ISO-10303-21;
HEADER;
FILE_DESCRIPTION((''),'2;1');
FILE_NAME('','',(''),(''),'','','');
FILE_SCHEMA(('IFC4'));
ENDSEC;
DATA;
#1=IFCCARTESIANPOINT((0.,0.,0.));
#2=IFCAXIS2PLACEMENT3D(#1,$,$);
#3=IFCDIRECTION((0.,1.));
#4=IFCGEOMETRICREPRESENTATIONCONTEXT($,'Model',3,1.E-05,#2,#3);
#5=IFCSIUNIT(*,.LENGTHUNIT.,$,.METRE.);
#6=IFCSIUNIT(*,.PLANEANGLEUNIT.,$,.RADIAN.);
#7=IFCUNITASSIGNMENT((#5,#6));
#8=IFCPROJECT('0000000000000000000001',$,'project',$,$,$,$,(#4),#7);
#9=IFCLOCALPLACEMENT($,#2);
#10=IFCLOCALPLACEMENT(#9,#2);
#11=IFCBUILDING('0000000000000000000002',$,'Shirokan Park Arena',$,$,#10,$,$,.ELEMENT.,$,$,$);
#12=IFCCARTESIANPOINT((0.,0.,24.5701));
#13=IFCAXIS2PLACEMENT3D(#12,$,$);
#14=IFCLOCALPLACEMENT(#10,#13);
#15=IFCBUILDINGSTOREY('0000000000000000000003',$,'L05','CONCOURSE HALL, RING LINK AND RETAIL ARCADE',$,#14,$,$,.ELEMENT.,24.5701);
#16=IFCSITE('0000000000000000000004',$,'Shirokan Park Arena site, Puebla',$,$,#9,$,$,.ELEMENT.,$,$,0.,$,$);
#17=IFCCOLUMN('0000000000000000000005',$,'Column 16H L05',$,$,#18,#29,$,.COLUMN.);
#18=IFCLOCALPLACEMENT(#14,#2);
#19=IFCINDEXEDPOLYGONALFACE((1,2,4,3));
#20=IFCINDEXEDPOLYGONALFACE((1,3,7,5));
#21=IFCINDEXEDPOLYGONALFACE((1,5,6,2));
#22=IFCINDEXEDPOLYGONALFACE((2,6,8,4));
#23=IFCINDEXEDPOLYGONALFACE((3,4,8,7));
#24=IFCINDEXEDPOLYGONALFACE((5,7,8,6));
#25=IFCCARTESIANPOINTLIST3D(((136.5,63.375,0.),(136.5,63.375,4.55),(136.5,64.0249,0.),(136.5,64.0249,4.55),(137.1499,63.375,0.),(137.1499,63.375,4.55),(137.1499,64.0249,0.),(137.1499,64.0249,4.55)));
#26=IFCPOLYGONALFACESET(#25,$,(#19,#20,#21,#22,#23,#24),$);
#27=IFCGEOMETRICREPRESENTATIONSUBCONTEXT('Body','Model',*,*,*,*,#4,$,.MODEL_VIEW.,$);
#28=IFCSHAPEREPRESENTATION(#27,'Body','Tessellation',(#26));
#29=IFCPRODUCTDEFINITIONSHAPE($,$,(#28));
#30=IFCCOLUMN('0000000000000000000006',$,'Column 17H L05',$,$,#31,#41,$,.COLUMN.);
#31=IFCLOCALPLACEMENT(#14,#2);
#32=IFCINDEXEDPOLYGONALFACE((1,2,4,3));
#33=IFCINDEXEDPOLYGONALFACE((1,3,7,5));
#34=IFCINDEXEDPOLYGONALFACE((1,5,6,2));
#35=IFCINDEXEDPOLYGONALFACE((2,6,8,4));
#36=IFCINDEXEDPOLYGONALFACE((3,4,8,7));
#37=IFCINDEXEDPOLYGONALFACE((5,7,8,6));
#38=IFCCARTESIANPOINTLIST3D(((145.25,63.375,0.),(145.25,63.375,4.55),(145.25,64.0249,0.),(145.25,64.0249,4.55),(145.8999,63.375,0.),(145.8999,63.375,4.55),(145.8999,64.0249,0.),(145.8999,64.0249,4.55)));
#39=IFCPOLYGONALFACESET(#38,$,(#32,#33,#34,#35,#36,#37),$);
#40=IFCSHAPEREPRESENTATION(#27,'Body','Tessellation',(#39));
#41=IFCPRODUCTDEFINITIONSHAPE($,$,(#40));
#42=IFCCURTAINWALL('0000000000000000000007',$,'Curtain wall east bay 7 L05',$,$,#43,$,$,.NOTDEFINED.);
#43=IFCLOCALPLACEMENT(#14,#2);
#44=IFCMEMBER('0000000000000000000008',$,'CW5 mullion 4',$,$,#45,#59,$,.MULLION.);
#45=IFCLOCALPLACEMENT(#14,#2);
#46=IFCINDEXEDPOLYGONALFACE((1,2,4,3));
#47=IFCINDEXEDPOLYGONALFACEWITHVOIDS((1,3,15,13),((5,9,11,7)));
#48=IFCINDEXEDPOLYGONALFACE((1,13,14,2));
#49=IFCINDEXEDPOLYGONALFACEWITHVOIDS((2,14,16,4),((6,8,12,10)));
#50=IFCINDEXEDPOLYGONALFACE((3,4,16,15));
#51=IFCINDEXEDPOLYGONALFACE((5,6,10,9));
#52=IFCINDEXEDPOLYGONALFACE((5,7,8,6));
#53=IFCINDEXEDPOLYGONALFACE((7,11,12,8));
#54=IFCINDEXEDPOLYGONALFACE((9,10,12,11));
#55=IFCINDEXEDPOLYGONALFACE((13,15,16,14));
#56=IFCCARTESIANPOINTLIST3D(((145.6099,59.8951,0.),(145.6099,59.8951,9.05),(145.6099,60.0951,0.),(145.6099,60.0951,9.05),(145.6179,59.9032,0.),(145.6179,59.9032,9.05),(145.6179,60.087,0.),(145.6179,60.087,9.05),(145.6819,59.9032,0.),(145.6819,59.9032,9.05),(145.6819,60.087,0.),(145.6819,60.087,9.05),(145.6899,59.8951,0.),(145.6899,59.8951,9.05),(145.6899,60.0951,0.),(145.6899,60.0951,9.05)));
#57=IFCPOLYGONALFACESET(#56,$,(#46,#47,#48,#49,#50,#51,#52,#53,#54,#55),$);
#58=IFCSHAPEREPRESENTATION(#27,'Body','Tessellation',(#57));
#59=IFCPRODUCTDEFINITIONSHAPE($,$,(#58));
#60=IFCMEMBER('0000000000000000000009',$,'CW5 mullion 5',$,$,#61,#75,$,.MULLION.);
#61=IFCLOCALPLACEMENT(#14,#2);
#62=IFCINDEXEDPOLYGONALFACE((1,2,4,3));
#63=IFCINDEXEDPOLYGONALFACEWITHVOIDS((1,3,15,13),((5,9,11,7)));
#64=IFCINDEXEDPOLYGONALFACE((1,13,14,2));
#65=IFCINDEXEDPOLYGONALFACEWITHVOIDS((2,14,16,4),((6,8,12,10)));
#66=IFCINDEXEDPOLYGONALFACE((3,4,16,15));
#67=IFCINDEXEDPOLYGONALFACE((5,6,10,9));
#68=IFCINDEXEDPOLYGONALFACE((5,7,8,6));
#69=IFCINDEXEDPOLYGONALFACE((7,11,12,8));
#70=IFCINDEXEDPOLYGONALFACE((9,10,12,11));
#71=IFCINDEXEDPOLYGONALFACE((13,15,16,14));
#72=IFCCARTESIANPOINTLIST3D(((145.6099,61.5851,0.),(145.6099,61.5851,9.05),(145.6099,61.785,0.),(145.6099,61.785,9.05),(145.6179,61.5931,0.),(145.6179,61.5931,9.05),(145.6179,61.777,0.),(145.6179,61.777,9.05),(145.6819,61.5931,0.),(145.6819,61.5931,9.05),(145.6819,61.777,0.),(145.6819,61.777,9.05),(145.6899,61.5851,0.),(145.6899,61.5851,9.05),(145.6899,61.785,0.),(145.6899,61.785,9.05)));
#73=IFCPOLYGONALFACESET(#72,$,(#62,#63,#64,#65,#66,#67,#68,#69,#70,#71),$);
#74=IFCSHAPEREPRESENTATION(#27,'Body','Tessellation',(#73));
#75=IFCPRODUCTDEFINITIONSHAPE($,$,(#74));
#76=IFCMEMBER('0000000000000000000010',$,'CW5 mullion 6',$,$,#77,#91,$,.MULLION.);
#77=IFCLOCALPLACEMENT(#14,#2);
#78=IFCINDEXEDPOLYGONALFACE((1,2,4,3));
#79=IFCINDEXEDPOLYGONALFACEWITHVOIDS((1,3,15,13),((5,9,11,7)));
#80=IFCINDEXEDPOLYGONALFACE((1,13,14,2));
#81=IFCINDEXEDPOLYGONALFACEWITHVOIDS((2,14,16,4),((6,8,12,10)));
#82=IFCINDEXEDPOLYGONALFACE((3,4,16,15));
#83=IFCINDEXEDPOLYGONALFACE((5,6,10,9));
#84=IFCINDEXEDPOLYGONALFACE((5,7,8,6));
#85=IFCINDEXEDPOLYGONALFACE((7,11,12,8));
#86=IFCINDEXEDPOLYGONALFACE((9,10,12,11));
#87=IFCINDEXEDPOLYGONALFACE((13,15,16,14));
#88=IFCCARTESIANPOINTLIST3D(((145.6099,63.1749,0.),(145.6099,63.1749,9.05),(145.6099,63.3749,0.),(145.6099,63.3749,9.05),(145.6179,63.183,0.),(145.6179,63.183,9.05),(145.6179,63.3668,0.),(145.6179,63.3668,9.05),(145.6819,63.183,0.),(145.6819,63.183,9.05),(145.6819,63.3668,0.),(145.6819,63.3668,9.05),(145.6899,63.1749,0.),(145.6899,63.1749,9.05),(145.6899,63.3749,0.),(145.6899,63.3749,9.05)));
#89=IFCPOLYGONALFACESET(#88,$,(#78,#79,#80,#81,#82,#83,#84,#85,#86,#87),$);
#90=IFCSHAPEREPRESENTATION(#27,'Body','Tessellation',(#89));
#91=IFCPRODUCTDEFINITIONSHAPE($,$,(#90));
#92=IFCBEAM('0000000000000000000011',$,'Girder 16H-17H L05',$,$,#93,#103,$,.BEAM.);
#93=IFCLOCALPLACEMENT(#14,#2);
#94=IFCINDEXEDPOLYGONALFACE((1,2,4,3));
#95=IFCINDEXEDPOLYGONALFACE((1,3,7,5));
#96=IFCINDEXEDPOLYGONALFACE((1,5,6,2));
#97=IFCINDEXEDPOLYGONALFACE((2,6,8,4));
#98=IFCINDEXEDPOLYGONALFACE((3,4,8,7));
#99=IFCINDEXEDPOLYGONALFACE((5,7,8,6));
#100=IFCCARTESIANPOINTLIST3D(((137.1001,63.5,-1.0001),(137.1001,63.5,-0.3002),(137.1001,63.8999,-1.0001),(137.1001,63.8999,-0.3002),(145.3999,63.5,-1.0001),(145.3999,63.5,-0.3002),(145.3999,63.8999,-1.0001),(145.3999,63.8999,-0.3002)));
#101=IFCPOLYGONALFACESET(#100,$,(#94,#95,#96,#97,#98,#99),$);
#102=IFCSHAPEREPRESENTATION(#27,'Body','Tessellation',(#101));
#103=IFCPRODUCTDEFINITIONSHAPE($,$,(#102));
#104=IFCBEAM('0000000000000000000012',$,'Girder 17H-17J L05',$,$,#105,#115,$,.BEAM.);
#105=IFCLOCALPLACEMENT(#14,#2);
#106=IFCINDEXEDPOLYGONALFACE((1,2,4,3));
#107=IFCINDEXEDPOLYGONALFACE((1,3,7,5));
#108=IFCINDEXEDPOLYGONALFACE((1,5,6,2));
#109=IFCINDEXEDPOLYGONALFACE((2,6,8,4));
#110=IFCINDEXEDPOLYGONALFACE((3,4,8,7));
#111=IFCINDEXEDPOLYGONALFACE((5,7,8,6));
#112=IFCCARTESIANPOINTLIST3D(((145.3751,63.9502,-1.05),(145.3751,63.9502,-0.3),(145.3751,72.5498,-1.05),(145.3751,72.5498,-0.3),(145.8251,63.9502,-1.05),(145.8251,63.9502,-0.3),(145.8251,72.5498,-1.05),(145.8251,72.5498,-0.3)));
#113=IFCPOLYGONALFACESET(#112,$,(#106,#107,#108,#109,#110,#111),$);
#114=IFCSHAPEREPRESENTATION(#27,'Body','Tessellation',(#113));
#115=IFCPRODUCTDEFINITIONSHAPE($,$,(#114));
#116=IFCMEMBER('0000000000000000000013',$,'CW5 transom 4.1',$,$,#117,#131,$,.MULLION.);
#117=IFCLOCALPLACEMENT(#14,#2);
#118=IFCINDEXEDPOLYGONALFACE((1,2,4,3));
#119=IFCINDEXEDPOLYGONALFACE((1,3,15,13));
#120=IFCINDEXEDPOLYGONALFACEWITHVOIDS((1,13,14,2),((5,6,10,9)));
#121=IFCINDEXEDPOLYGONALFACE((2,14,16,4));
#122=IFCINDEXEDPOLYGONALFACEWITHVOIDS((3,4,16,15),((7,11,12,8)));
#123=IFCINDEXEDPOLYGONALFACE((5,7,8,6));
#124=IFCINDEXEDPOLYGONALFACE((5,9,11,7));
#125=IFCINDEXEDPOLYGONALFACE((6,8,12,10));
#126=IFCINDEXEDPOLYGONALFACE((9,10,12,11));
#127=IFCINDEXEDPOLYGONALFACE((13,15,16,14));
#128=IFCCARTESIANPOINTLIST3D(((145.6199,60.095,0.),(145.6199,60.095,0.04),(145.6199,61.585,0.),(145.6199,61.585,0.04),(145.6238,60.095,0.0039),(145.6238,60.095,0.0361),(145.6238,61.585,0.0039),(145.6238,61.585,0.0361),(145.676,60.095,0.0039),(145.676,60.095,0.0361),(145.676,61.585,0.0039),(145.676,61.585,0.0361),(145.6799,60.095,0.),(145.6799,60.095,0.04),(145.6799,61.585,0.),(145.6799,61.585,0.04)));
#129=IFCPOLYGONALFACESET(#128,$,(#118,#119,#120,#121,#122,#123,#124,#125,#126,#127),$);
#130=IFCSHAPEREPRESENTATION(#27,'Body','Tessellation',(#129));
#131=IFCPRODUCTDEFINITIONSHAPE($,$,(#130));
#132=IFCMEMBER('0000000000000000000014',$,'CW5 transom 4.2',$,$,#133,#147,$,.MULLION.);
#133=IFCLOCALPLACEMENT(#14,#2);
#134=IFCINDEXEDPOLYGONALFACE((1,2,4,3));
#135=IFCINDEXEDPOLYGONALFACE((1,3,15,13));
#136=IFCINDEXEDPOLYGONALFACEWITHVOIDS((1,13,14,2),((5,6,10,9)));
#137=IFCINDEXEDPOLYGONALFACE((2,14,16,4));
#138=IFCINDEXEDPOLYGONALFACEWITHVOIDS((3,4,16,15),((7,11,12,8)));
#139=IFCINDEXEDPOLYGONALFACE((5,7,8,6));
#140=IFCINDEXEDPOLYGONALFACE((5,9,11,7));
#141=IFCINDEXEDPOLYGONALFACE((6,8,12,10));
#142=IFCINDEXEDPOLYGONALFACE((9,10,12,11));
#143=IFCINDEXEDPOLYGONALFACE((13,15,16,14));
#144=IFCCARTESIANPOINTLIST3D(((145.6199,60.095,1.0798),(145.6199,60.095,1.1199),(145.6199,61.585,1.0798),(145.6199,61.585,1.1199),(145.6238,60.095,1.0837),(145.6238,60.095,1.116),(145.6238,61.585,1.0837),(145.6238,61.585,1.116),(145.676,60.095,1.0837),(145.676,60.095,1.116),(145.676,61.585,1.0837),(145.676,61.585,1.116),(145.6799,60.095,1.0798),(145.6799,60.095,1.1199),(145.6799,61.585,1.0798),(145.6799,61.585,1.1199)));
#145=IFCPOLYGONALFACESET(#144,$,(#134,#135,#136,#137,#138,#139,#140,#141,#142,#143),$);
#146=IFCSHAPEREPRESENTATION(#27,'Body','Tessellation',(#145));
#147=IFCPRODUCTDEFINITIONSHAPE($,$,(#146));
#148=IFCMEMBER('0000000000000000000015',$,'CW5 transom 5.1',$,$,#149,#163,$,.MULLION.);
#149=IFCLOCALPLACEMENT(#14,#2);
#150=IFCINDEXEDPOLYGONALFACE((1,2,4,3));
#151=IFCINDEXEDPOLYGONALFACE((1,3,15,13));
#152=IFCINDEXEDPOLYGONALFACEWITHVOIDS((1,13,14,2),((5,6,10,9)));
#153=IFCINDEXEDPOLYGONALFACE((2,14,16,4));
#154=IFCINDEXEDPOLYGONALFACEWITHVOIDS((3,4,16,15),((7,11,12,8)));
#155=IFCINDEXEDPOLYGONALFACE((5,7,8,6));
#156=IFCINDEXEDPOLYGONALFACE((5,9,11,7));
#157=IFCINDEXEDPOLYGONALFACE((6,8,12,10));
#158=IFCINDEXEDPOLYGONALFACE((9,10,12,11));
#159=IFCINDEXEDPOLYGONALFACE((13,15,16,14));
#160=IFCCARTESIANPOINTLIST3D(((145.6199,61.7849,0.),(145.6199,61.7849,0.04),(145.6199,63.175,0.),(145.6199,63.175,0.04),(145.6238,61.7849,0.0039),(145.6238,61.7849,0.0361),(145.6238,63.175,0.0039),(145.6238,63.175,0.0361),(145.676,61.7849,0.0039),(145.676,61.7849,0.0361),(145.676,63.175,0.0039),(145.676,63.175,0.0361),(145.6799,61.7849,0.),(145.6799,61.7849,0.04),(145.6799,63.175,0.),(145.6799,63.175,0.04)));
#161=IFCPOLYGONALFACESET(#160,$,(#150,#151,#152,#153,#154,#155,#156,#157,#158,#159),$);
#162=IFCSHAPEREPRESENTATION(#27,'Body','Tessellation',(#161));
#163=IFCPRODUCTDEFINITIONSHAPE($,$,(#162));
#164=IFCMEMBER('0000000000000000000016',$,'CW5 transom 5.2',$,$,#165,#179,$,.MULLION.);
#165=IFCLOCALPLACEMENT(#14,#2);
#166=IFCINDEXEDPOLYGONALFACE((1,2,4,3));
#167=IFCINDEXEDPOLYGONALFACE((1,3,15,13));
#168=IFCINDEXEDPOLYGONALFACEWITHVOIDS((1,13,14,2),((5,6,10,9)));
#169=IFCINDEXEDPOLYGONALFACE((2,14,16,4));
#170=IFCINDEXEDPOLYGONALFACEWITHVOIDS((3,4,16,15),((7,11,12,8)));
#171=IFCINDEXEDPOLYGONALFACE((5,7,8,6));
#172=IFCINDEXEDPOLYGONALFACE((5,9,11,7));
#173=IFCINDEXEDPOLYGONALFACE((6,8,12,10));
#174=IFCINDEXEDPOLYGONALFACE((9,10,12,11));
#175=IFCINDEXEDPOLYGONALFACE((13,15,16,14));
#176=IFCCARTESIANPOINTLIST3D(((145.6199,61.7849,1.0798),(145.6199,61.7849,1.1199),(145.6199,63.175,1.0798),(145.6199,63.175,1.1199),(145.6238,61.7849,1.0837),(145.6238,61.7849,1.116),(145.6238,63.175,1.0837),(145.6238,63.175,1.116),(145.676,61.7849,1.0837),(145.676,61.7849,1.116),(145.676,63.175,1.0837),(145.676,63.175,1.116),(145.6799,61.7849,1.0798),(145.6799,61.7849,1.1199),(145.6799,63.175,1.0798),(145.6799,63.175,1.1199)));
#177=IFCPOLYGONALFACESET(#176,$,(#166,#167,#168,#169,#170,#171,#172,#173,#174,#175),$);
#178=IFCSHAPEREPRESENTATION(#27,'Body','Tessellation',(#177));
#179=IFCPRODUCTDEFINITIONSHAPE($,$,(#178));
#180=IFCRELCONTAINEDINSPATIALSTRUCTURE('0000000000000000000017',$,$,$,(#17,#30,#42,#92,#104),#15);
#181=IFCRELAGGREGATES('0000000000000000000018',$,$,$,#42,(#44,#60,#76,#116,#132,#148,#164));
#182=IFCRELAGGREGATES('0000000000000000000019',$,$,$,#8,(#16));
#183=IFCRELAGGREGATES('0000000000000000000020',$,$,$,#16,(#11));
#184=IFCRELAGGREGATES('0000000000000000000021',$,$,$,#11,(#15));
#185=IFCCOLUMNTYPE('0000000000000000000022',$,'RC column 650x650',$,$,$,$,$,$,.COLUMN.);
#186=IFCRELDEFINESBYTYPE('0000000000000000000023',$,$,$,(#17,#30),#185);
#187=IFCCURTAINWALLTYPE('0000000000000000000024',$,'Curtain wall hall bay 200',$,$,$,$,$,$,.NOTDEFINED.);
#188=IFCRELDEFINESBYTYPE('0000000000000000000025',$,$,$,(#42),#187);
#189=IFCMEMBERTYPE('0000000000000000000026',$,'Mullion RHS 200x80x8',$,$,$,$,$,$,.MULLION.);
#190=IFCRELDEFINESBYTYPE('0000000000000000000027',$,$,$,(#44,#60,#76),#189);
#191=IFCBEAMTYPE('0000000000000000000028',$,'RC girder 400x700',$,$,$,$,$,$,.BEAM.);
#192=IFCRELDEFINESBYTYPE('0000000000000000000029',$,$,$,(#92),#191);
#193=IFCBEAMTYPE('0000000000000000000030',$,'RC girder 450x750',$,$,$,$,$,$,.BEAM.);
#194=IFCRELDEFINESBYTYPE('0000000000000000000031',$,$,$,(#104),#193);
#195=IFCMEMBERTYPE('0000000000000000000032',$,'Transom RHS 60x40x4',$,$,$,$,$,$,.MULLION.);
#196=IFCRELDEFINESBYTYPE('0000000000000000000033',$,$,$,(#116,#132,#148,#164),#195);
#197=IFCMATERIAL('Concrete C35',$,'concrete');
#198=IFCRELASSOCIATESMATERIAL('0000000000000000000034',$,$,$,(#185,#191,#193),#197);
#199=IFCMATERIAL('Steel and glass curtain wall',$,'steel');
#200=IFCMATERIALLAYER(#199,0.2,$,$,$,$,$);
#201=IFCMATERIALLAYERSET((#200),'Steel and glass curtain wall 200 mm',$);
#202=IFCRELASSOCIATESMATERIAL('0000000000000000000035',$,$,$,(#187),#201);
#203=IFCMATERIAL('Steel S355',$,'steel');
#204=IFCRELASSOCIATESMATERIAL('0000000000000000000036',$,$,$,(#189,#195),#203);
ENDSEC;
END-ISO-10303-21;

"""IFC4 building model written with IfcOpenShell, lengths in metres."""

from ifc_helpers import new_model, si_unit, direction, frame, origin, origin_2d, place, context, subcontext, project, spatial, rectangle, hollow_rectangle, extrude, material, layer, layer_set, material_profile, profile_set, type_object, element, aggregate, save


model = new_model("IFC4")

# Units and contexts
model_context = context("Model", 3, precision=1e-05, world=origin(), true_north=direction((0.0, 1.0)))
body_context = subcontext(model_context, "Body", "Model", "MODEL_VIEW")
ifc_project = project(units=[si_unit("LENGTHUNIT", "METRE"), si_unit("PLANEANGLEUNIT", "RADIAN")], contexts=[model_context])

# Site, building, storey
site_placement = place(None, origin())
site = spatial("IfcSite", under=ifc_project, at=site_placement, Name="Shirokan Park Arena site, Puebla", CompositionType="ELEMENT", RefElevation=0.0)
building_placement = place(site_placement, origin())
building = spatial("IfcBuilding", under=site, at=building_placement, Name="Shirokan Park Arena", CompositionType="ELEMENT")
storey_placement = place(building_placement, frame((0.0, 0.0, 24.5701)))
storey = spatial("IfcBuildingStorey", under=building, at=storey_placement, Name="L05", Description="CONCOURSE HALL, RING LINK AND RETAIL ARCADE", CompositionType="ELEMENT", Elevation=24.5701)

# Columns
ifc_material_1 = material(Name="Concrete C35", Category="concrete")
ifc_material_profile_1 = material_profile(ifc_material_1, rectangle(XDim=0.6499, YDim=0.6499, at=origin_2d()), Name="650x650")
ifc_profile_set_1 = profile_set([ifc_material_profile_1], Name="Concrete C35")
column_type = type_object("IfcColumnType", Name="RC column 650x650", PredefinedType="COLUMN", material=ifc_profile_set_1)
for number, where, z_axis, x_axis, name in (
    (1, (136.825, 63.7, 0.0), (0.0, 0.0, 1.0), (1.0, 0.0, 0.0), "Column 16H L05"),
    (2, (145.575, 63.7, 0.0), (0.0, 0.0, 1.0), (1.0, 0.0, 0.0), "Column 17H L05"),
):
    element("IfcColumn", number, at=place(storey_placement, frame(where, z_axis=z_axis, x_axis=x_axis)), inside=storey, type_object=column_type, Name=name, PredefinedType="COLUMN", context=body_context, shape_type="SweptSolid", body=[
        extrude(rectangle(XDim=0.6499, YDim=0.6499, at=origin_2d()), origin(), (0.0, 0.0, 1.0), 4.55),
    ])

# Curtain wall, members
ifc_material_2 = material(Name="Steel and glass curtain wall", Category="steel")
ifc_layer_1 = layer(ifc_material_2, 0.2)
ifc_layer_set_1 = layer_set([ifc_layer_1], Name="Steel and glass curtain wall 200 mm")
curtain_wall_type = type_object("IfcCurtainWallType", Name="Curtain wall hall bay 200", PredefinedType="NOTDEFINED", material=ifc_layer_set_1)
curtain_wall_placement = place(storey_placement, origin())
curtain_wall = element("IfcCurtainWall", 3, at=curtain_wall_placement, inside=storey, type_object=curtain_wall_type, Name="Curtain wall east bay 7 L05", PredefinedType="NOTDEFINED")
ifc_material_3 = material(Name="Steel S355", Category="steel")
ifc_material_profile_2 = material_profile(ifc_material_3, hollow_rectangle(XDim=0.0801, YDim=0.2, WallThickness=0.0081, at=origin_2d()), Name="RHS 200x80x8")
ifc_profile_set_2 = profile_set([ifc_material_profile_2], Name="Steel S355")
member_type_1 = type_object("IfcMemberType", Name="Mullion RHS 200x80x8", PredefinedType="MULLION", material=ifc_profile_set_2)
member_1_placement = place(storey_placement, frame((145.6499, 59.9951, 0.0), z_axis=(0.0, 0.0, 1.0), x_axis=(-1.0, 0.0, 0.0)))
member_1 = element("IfcMember", 4, at=member_1_placement, type_object=member_type_1, Name="CW5 mullion 4", PredefinedType="MULLION", context=body_context, shape_type="SweptSolid", body=[
    extrude(hollow_rectangle(XDim=0.0801, YDim=0.2, WallThickness=0.0081, at=origin_2d()), origin(), (0.0, 0.0, 1.0), 9.05),
])
member_2_placement = place(storey_placement, frame((145.6499, 61.6851, 0.0), z_axis=(0.0, 0.0, 1.0), x_axis=(-1.0, 0.0, 0.0)))
member_2 = element("IfcMember", 5, at=member_2_placement, type_object=member_type_1, Name="CW5 mullion 5", PredefinedType="MULLION", context=body_context, shape_type="SweptSolid", body=[
    extrude(hollow_rectangle(XDim=0.0801, YDim=0.2, WallThickness=0.0081, at=origin_2d()), origin(), (0.0, 0.0, 1.0), 9.05),
])
member_3_placement = place(storey_placement, frame((145.6499, 63.2749, 0.0), z_axis=(0.0, 0.0, 1.0), x_axis=(-1.0, 0.0, 0.0)))
member_3 = element("IfcMember", 6, at=member_3_placement, type_object=member_type_1, Name="CW5 mullion 6", PredefinedType="MULLION", context=body_context, shape_type="SweptSolid", body=[
    extrude(hollow_rectangle(XDim=0.0801, YDim=0.2, WallThickness=0.0081, at=origin_2d()), origin(), (0.0, 0.0, 1.0), 9.05),
])

# Beams
ifc_material_profile_3 = material_profile(ifc_material_1, rectangle(XDim=0.3999, YDim=0.7, at=origin_2d()), Name="400x700")
ifc_profile_set_3 = profile_set([ifc_material_profile_3], Name="Concrete C35")
beam_type_1 = type_object("IfcBeamType", Name="RC girder 400x700", PredefinedType="BEAM", material=ifc_profile_set_3)
beam_1_placement = place(storey_placement, frame((137.1001, 63.7, -0.6501), z_axis=(1.0, 0.0, 0.0), x_axis=(0.0, 1.0, 0.0)))
element("IfcBeam", 7, at=beam_1_placement, inside=storey, type_object=beam_type_1, Name="Girder 16H-17H L05", PredefinedType="BEAM", context=body_context, shape_type="SweptSolid", body=[
    extrude(rectangle(XDim=0.3999, YDim=0.7, at=origin_2d()), origin(), (0.0, 0.0, 1.0), 8.2998),
])
ifc_material_profile_4 = material_profile(ifc_material_1, rectangle(XDim=0.45, YDim=0.75, at=origin_2d()), Name="450x750")
ifc_profile_set_4 = profile_set([ifc_material_profile_4], Name="Concrete C35")
beam_type_2 = type_object("IfcBeamType", Name="RC girder 450x750", PredefinedType="BEAM", material=ifc_profile_set_4)
beam_2_placement = place(storey_placement, frame((145.6001, 63.9502, -0.675), z_axis=(0.0, 1.0, 0.0), x_axis=(-1.0, 0.0, 0.0)))
element("IfcBeam", 8, at=beam_2_placement, inside=storey, type_object=beam_type_2, Name="Girder 17H-17J L05", PredefinedType="BEAM", context=body_context, shape_type="SweptSolid", body=[
    extrude(rectangle(XDim=0.45, YDim=0.75, at=origin_2d()), origin(), (0.0, 0.0, 1.0), 8.5996),
])

# Members
ifc_material_profile_5 = material_profile(ifc_material_3, hollow_rectangle(XDim=0.0601, YDim=0.04, WallThickness=0.0039, at=origin_2d()), Name="RHS 60x40x4")
ifc_profile_set_5 = profile_set([ifc_material_profile_5], Name="Steel S355")
member_type_2 = type_object("IfcMemberType", Name="Transom RHS 60x40x4", PredefinedType="MULLION", material=ifc_profile_set_5)
member_4_placement = place(storey_placement, frame((145.6499, 60.095, 0.02), z_axis=(0.0, 1.0, 0.0), x_axis=(-1.0, 0.0, 0.0)))
member_4 = element("IfcMember", 9, at=member_4_placement, type_object=member_type_2, Name="CW5 transom 4.1", PredefinedType="MULLION", context=body_context, shape_type="SweptSolid", body=[
    extrude(hollow_rectangle(XDim=0.0601, YDim=0.04, WallThickness=0.0039, at=origin_2d()), origin(), (0.0, 0.0, 1.0), 1.49),
])
member_5_placement = place(storey_placement, frame((145.6499, 60.095, 1.0999), z_axis=(0.0, 1.0, 0.0), x_axis=(-1.0, 0.0, 0.0)))
member_5 = element("IfcMember", 10, at=member_5_placement, type_object=member_type_2, Name="CW5 transom 4.2", PredefinedType="MULLION", context=body_context, shape_type="SweptSolid", body=[
    extrude(hollow_rectangle(XDim=0.0601, YDim=0.04, WallThickness=0.0039, at=origin_2d()), origin(), (0.0, 0.0, 1.0), 1.49),
])
member_6_placement = place(storey_placement, frame((145.6499, 61.7849, 0.02), z_axis=(0.0, 1.0, 0.0), x_axis=(-1.0, 0.0, 0.0)))
member_6 = element("IfcMember", 11, at=member_6_placement, type_object=member_type_2, Name="CW5 transom 5.1", PredefinedType="MULLION", context=body_context, shape_type="SweptSolid", body=[
    extrude(hollow_rectangle(XDim=0.0601, YDim=0.04, WallThickness=0.0039, at=origin_2d()), origin(), (0.0, 0.0, 1.0), 1.3901),
])
member_7_placement = place(storey_placement, frame((145.6499, 61.7849, 1.0999), z_axis=(0.0, 1.0, 0.0), x_axis=(-1.0, 0.0, 0.0)))
member_7 = element("IfcMember", 12, at=member_7_placement, type_object=member_type_2, Name="CW5 transom 5.2", PredefinedType="MULLION", context=body_context, shape_type="SweptSolid", body=[
    extrude(hollow_rectangle(XDim=0.0601, YDim=0.04, WallThickness=0.0039, at=origin_2d()), origin(), (0.0, 0.0, 1.0), 1.3901),
])

aggregate(curtain_wall, [member_1, member_2, member_3, member_4, member_5, member_6, member_7])

save(model, "model.ifc")
